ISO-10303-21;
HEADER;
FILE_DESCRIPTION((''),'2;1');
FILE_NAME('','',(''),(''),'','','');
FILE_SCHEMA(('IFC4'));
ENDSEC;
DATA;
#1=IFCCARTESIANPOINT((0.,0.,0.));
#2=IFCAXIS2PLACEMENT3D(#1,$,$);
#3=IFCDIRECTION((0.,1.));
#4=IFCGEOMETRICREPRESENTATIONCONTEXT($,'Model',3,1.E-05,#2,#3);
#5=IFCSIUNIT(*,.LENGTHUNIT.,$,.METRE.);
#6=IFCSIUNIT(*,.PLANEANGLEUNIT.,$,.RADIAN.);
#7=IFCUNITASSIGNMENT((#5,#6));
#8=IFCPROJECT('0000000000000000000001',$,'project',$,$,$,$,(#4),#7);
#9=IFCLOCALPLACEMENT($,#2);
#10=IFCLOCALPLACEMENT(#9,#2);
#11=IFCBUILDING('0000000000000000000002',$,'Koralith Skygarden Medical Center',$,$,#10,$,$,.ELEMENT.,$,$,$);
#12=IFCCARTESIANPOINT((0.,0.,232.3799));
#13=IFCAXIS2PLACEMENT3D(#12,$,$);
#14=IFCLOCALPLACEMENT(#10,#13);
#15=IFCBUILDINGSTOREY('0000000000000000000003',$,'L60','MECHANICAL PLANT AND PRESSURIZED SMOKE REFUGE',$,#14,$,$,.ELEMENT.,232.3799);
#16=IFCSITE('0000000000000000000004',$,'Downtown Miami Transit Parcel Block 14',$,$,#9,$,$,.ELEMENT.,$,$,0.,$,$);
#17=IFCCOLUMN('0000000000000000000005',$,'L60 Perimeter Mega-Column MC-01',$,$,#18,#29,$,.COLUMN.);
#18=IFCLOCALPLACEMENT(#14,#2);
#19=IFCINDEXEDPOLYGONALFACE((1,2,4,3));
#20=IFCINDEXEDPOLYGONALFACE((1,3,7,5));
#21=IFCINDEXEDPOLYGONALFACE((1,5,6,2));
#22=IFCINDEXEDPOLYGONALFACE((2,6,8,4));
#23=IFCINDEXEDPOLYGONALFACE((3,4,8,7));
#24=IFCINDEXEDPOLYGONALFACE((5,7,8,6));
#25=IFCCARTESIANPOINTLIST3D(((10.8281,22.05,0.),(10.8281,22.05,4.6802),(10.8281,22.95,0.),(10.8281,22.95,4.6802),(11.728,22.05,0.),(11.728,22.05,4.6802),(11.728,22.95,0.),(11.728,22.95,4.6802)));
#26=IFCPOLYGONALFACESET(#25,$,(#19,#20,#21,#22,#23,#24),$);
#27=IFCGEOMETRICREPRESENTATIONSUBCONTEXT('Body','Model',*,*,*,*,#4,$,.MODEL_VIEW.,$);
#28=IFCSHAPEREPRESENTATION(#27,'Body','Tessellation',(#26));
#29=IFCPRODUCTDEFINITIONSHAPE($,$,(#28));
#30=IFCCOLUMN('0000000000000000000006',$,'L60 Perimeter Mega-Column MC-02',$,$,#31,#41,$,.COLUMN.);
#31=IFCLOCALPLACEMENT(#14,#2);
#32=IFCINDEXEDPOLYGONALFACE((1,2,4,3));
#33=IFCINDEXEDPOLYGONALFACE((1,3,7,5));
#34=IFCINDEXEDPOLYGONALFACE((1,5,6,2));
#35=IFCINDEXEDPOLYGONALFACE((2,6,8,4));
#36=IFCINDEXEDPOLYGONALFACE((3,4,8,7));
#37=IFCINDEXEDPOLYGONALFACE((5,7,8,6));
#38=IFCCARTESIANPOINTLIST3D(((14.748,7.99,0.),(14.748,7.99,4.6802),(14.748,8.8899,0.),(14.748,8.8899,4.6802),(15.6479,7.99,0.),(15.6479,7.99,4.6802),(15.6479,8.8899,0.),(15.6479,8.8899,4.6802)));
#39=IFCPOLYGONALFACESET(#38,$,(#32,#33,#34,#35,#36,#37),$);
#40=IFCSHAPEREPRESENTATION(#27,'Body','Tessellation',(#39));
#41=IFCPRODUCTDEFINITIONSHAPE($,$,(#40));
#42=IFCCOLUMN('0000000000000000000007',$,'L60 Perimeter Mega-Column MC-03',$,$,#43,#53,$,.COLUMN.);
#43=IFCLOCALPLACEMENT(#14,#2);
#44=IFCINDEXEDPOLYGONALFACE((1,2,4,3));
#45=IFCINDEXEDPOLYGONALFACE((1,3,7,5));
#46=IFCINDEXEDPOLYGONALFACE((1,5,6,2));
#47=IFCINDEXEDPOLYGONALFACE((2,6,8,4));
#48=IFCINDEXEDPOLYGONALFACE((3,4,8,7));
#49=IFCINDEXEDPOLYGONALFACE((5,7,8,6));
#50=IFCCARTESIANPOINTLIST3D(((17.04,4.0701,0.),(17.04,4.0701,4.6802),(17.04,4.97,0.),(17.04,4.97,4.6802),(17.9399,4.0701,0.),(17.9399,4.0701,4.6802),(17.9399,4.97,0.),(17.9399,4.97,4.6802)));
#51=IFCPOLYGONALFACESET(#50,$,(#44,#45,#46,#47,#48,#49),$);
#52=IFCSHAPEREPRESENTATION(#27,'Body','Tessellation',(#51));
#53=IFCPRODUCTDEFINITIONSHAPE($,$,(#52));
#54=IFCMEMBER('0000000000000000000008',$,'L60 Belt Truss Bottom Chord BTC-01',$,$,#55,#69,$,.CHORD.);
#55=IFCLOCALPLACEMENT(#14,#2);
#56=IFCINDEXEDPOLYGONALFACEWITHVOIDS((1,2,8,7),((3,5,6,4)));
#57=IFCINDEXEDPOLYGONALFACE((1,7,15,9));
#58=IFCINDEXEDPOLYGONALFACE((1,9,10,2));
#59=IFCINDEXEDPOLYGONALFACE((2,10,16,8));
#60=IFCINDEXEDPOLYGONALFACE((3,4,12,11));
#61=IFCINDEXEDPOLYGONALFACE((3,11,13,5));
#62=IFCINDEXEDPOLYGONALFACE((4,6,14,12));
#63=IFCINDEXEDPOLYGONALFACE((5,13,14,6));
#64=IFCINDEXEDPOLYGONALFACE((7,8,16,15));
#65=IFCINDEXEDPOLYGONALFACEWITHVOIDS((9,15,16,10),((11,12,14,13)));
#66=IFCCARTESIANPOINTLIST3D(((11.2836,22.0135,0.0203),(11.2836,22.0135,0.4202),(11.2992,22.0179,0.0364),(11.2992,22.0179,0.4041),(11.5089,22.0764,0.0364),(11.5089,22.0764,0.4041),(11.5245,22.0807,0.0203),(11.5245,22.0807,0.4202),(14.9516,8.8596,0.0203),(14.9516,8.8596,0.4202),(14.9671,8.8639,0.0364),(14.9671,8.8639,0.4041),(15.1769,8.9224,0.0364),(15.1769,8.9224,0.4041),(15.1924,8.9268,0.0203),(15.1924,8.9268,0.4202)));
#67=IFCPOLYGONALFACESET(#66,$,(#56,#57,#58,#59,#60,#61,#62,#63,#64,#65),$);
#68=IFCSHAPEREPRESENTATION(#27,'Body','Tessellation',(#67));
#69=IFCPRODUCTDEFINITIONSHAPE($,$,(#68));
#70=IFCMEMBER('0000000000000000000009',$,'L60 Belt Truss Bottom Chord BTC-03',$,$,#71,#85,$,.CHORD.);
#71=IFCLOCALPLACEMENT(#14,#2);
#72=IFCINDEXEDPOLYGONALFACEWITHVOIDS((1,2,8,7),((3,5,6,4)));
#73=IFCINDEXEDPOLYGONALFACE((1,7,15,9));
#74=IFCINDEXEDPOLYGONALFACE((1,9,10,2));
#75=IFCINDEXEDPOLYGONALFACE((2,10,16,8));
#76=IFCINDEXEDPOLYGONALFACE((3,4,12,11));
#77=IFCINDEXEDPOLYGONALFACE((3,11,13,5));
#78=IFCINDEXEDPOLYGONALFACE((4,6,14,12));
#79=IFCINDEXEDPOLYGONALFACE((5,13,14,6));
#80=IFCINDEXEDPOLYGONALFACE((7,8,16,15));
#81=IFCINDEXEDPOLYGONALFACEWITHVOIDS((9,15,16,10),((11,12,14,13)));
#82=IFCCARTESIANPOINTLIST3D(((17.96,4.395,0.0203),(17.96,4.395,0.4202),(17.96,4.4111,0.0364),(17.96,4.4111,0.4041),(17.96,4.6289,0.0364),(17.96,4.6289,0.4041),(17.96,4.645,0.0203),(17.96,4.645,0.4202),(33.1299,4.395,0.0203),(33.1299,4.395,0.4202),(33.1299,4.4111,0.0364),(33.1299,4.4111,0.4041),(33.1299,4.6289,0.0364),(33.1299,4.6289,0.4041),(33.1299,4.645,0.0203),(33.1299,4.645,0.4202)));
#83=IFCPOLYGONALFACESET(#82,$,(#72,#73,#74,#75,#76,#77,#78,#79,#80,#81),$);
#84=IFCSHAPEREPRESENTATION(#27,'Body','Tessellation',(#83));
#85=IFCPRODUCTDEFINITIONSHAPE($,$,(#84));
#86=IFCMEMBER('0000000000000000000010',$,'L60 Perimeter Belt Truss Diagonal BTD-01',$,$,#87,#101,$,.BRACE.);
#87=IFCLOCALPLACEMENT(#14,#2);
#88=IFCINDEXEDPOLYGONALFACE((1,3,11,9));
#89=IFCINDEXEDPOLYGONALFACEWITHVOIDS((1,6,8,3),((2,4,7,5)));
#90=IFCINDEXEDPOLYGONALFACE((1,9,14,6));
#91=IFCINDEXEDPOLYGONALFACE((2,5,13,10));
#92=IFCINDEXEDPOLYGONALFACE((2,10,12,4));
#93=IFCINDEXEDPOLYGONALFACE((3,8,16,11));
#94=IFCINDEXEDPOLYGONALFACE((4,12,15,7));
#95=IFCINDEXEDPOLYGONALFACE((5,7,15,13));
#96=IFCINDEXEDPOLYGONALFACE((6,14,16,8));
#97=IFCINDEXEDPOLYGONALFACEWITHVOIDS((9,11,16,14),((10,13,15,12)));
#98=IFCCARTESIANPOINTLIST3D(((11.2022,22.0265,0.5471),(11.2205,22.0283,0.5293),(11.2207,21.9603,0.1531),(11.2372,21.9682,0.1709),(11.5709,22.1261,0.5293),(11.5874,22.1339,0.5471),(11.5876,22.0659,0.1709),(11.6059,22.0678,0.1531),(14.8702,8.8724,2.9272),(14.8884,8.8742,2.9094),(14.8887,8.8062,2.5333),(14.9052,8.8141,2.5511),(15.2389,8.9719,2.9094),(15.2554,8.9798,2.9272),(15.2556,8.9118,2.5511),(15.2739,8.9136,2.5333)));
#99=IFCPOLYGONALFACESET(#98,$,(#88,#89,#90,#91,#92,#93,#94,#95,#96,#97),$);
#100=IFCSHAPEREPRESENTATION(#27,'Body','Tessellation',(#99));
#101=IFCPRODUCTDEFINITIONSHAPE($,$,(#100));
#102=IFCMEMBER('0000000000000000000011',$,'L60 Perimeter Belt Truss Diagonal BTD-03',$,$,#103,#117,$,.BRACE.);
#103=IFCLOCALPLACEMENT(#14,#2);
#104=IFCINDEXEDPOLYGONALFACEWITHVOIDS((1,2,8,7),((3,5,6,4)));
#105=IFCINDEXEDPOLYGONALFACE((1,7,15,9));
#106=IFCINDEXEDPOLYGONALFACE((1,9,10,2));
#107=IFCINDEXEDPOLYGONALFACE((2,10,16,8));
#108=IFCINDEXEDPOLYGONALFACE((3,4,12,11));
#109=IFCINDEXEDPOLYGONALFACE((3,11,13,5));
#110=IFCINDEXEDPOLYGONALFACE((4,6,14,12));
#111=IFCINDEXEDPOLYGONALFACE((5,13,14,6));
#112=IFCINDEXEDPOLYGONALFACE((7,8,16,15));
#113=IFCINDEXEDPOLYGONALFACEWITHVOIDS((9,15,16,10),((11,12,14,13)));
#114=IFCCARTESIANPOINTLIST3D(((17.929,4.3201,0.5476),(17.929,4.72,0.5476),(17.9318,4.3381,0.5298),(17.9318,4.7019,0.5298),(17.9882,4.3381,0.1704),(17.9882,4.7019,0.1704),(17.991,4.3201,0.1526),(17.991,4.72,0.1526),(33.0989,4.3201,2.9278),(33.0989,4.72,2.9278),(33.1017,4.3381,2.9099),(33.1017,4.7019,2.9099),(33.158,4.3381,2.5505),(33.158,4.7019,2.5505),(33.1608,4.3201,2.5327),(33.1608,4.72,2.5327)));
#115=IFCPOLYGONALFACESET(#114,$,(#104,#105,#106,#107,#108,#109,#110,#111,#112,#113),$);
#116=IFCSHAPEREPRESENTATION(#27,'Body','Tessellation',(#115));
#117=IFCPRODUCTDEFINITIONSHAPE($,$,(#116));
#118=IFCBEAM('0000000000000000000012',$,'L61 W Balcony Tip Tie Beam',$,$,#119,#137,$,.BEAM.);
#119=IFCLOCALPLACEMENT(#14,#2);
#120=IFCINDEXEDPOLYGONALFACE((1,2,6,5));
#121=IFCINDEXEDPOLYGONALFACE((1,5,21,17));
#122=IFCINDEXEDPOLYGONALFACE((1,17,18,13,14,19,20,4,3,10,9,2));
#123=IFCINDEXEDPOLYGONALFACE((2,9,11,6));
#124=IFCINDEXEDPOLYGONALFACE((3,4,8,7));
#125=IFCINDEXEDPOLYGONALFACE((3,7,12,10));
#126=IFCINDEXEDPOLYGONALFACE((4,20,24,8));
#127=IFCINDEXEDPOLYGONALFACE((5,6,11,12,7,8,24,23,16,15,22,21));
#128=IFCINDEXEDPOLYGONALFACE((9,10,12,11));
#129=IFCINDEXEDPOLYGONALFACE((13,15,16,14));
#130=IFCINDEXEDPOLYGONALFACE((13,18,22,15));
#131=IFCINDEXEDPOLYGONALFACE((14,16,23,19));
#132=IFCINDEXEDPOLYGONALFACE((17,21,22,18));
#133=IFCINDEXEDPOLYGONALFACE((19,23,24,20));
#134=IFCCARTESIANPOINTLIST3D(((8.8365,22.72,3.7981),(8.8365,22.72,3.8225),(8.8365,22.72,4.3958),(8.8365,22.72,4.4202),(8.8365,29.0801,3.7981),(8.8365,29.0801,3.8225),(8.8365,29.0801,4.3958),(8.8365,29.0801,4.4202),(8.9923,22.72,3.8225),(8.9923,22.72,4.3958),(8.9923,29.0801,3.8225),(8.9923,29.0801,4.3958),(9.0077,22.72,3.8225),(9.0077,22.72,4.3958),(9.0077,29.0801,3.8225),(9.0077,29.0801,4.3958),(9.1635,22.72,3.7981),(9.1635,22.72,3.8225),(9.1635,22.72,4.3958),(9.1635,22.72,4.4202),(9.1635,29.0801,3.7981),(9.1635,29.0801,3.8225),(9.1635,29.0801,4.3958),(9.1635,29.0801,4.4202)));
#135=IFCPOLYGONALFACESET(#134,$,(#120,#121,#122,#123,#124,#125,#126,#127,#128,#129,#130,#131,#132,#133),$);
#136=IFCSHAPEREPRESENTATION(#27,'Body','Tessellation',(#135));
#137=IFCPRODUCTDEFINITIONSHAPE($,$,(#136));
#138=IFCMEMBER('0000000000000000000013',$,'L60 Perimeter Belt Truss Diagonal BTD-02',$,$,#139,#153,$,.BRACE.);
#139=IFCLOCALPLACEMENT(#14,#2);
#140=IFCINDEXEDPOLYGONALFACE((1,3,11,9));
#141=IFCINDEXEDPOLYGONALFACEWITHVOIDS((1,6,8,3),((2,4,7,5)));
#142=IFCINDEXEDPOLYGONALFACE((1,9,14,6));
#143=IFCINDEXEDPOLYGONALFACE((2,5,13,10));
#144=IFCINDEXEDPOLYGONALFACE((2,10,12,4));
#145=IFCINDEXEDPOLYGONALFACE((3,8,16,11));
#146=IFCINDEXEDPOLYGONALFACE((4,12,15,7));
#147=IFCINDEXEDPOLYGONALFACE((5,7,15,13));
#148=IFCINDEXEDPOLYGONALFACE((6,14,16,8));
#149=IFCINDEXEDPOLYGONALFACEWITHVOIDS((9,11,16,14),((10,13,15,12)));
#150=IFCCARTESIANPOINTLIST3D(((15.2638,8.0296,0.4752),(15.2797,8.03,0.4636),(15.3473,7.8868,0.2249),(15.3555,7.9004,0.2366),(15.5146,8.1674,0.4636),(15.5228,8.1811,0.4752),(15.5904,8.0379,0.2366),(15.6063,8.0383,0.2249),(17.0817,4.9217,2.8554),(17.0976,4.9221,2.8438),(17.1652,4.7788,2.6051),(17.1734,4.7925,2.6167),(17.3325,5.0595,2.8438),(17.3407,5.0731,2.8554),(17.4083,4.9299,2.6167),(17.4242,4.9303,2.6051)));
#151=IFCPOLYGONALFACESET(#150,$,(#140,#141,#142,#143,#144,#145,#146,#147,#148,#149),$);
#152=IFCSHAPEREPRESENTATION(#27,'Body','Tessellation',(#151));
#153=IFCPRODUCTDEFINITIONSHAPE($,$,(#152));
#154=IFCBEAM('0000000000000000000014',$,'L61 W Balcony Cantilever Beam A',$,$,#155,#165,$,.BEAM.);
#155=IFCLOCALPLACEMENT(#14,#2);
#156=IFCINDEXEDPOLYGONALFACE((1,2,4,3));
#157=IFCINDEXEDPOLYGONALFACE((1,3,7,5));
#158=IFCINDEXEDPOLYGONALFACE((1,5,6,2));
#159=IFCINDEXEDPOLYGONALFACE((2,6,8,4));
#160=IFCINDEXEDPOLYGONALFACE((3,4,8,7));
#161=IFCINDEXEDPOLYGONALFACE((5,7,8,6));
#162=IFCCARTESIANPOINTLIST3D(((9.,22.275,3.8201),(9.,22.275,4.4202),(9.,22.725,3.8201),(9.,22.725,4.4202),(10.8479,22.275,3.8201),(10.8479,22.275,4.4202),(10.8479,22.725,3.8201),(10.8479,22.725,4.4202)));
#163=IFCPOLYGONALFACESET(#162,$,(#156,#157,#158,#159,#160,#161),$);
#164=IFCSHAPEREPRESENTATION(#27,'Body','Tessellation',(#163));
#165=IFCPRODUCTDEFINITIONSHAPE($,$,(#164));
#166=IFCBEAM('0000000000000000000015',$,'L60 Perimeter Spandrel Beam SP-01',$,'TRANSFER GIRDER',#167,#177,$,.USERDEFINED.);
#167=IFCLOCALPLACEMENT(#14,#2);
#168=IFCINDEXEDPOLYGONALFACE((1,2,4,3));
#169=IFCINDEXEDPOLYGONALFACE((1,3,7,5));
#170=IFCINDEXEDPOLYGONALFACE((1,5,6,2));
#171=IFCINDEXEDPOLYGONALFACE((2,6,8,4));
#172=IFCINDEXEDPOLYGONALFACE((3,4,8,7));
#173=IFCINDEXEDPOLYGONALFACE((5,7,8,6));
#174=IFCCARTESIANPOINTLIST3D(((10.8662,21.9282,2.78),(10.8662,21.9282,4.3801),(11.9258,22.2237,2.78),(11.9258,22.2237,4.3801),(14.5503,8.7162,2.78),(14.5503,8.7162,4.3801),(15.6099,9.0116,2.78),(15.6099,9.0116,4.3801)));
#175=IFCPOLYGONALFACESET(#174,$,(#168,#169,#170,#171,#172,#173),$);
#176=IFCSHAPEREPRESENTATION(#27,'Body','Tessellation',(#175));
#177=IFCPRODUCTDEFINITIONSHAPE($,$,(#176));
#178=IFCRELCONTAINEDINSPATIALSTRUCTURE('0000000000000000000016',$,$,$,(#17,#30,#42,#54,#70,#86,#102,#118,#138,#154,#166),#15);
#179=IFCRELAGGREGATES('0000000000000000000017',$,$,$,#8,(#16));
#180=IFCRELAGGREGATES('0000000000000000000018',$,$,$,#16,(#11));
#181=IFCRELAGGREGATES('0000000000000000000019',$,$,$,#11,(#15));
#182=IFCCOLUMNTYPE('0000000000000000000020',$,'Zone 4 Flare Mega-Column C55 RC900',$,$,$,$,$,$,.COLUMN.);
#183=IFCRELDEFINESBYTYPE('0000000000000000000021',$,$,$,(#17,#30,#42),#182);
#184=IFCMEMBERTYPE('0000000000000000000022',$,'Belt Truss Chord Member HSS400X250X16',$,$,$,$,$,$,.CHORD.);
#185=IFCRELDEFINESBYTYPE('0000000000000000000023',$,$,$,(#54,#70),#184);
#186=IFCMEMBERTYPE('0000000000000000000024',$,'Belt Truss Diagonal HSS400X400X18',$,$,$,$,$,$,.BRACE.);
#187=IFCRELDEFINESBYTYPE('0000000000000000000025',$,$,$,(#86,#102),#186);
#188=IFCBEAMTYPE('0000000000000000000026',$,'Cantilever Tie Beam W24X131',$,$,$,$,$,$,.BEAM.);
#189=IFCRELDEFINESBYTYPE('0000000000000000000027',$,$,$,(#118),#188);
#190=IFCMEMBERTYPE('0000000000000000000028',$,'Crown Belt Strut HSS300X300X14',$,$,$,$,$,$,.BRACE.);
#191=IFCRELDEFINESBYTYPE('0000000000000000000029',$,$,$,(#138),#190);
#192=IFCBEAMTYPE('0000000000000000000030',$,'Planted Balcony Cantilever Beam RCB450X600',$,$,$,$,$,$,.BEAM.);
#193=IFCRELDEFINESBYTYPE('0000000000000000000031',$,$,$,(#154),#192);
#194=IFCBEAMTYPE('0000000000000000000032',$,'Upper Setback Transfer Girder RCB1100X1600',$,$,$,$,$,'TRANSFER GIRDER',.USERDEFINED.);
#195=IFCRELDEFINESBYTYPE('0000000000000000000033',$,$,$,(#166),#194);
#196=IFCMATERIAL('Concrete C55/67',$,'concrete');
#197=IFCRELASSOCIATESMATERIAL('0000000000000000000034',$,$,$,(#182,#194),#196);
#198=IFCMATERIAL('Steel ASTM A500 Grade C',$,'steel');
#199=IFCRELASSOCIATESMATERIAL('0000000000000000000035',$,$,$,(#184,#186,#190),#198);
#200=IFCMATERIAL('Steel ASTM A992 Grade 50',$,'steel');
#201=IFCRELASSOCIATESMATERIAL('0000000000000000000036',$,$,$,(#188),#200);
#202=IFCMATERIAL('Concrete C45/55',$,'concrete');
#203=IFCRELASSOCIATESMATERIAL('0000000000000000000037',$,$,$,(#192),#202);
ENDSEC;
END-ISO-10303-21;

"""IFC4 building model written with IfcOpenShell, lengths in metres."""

from ifc_helpers import new_model, si_unit, direction, frame, origin, origin_2d, place, context, subcontext, project, spatial, rectangle, hollow_rectangle, i_section, extrude, material, material_profile, profile_set, type_object, element, save


model = new_model("IFC4")

# Units and contexts
model_context = context("Model", 3, precision=1e-05, world=origin(), true_north=direction((0.0, 1.0)))
body_context = subcontext(model_context, "Body", "Model", "MODEL_VIEW")
ifc_project = project(units=[si_unit("LENGTHUNIT", "METRE"), si_unit("PLANEANGLEUNIT", "RADIAN")], contexts=[model_context])

# Site, building, storey
site_placement = place(None, origin())
site = spatial("IfcSite", under=ifc_project, at=site_placement, Name="Downtown Miami Transit Parcel Block 14", CompositionType="ELEMENT", RefElevation=0.0)
building_placement = place(site_placement, origin())
building = spatial("IfcBuilding", under=site, at=building_placement, Name="Koralith Skygarden Medical Center", CompositionType="ELEMENT")
storey_placement = place(building_placement, frame((0.0, 0.0, 232.3799)))
storey = spatial("IfcBuildingStorey", under=building, at=storey_placement, Name="L60", Description="MECHANICAL PLANT AND PRESSURIZED SMOKE REFUGE", CompositionType="ELEMENT", Elevation=232.3799)

# Columns
ifc_material_1 = material(Name="Concrete C55/67", Category="concrete")
ifc_material_profile_1 = material_profile(ifc_material_1, rectangle(XDim=0.8999, YDim=0.8999, at=origin_2d()), Name="RC900X900")
ifc_profile_set_1 = profile_set([ifc_material_profile_1], Name="Concrete C55/67")
column_type = type_object("IfcColumnType", Name="Zone 4 Flare Mega-Column C55 RC900", PredefinedType="COLUMN", material=ifc_profile_set_1)
for number, where, z_axis, x_axis, name in (
    (1, (11.2781, 22.5, 0.0), (0.0, 0.0, 1.0), (1.0, 0.0, 0.0), "L60 Perimeter Mega-Column MC-01"),
    (2, (15.198, 8.4399, 0.0), (0.0, 0.0, 1.0), (1.0, 0.0, 0.0), "L60 Perimeter Mega-Column MC-02"),
    (3, (17.49, 4.52, 0.0), (0.0, 0.0, 1.0), (1.0, 0.0, 0.0), "L60 Perimeter Mega-Column MC-03"),
):
    element("IfcColumn", number, at=place(storey_placement, frame(where, z_axis=z_axis, x_axis=x_axis)), inside=storey, type_object=column_type, Name=name, PredefinedType="COLUMN", context=body_context, shape_type="SweptSolid", body=[
        extrude(rectangle(XDim=0.8999, YDim=0.8999, at=origin_2d()), origin(), (0.0, 0.0, 1.0), 4.6802),
    ])

# Members
ifc_material_2 = material(Name="Steel ASTM A500 Grade C", Category="steel")
ifc_material_profile_2 = material_profile(ifc_material_2, hollow_rectangle(XDim=0.25, YDim=0.3999, WallThickness=0.0161, at=origin_2d()), Name="HSS400X250X16")
ifc_profile_set_2 = profile_set([ifc_material_profile_2], Name="Steel ASTM A500 Grade C")
member_type_1 = type_object("IfcMemberType", Name="Belt Truss Chord Member HSS400X250X16", PredefinedType="CHORD", material=ifc_profile_set_2)
member_1_placement = place(storey_placement, frame((11.4041, 22.0471, 0.2202), z_axis=(0.2686, -0.963252, 0.0), x_axis=(0.963252, 0.2686, 0.0)))
element("IfcMember", 4, at=member_1_placement, inside=storey, type_object=member_type_1, Name="L60 Belt Truss Bottom Chord BTC-01", PredefinedType="CHORD", context=body_context, shape_type="SweptSolid", body=[
    extrude(hollow_rectangle(XDim=0.25, YDim=0.3999, WallThickness=0.0161, at=origin_2d()), origin(), (0.0, 0.0, 1.0), 13.6558),
])
member_2_placement = place(storey_placement, frame((17.96, 4.52, 0.2202), z_axis=(1.0, 0.0, 0.0), x_axis=(0.0, 1.0, 0.0)))
element("IfcMember", 5, at=member_2_placement, inside=storey, type_object=member_type_1, Name="L60 Belt Truss Bottom Chord BTC-03", PredefinedType="CHORD", context=body_context, shape_type="SweptSolid", body=[
    extrude(hollow_rectangle(XDim=0.25, YDim=0.3999, WallThickness=0.0161, at=origin_2d()), origin(), (0.0, 0.0, 1.0), 15.1699),
])
ifc_material_profile_3 = material_profile(ifc_material_2, hollow_rectangle(XDim=0.3999, YDim=0.3999, WallThickness=0.0181, at=origin_2d()), Name="HSS400X400X18")
ifc_profile_set_3 = profile_set([ifc_material_profile_3], Name="Steel ASTM A500 Grade C")
member_type_2 = type_object("IfcMemberType", Name="Belt Truss Diagonal HSS400X400X18", PredefinedType="BRACE", material=ifc_profile_set_3)
member_3_placement = place(storey_placement, frame((11.4041, 22.0471, 0.3501), z_axis=(0.264611, -0.948946, 0.171705), x_axis=(0.963252, 0.2686, 0.0)))
element("IfcMember", 6, at=member_3_placement, inside=storey, type_object=member_type_2, Name="L60 Perimeter Belt Truss Diagonal BTD-01", PredefinedType="BRACE", context=body_context, shape_type="SweptSolid", body=[
    extrude(hollow_rectangle(XDim=0.3999, YDim=0.3999, WallThickness=0.0181, at=origin_2d()), origin(), (0.0, 0.0, 1.0), 13.8618),
])
member_4_placement = place(storey_placement, frame((17.96, 4.52, 0.3501), z_axis=(0.987914, 0.0, 0.155002), x_axis=(0.0, 1.0, 0.0)))
element("IfcMember", 7, at=member_4_placement, inside=storey, type_object=member_type_2, Name="L60 Perimeter Belt Truss Diagonal BTD-03", PredefinedType="BRACE", context=body_context, shape_type="SweptSolid", body=[
    extrude(hollow_rectangle(XDim=0.3999, YDim=0.3999, WallThickness=0.0181, at=origin_2d()), origin(), (0.0, 0.0, 1.0), 15.3555),
])

# Beam
ifc_material_3 = material(Name="Steel ASTM A992 Grade 50", Category="steel")
ifc_material_profile_4 = material_profile(ifc_material_3, i_section(OverallWidth=0.3269, OverallDepth=0.6221, WebThickness=0.0154, FlangeThickness=0.0244, at=origin_2d()), Name="W24X131")
ifc_profile_set_4 = profile_set([ifc_material_profile_4], Name="Steel ASTM A992 Grade 50")
beam_type_1 = type_object("IfcBeamType", Name="Cantilever Tie Beam W24X131", PredefinedType="BEAM", material=ifc_profile_set_4)
beam_1_placement = place(storey_placement, frame((9.0, 22.72, 4.1091), z_axis=(0.0, 1.0, 0.0), x_axis=(-1.0, 0.0, 0.0)))
element("IfcBeam", 8, at=beam_1_placement, inside=storey, type_object=beam_type_1, Name="L61 W Balcony Tip Tie Beam", PredefinedType="BEAM", context=body_context, shape_type="SweptSolid", body=[
    extrude(i_section(OverallWidth=0.3269, OverallDepth=0.6221, WebThickness=0.0154, FlangeThickness=0.0244, at=origin_2d()), origin(), (0.0, 0.0, 1.0), 6.3601),
])

# Member
ifc_material_profile_5 = material_profile(ifc_material_2, hollow_rectangle(XDim=0.3, YDim=0.3, WallThickness=0.0139, at=origin_2d()), Name="HSS300X300X14")
ifc_profile_set_5 = profile_set([ifc_material_profile_5], Name="Steel ASTM A500 Grade C")
member_type_3 = type_object("IfcMemberType", Name="Crown Belt Strut HSS300X300X14", PredefinedType="BRACE", material=ifc_profile_set_5)
member_5_placement = place(storey_placement, frame((15.4351, 8.0339, 0.3501), z_axis=(0.421183, -0.720073, 0.551452), x_axis=(0.863183, 0.504891, 0.0)))
element("IfcMember", 9, at=member_5_placement, inside=storey, type_object=member_type_3, Name="L60 Perimeter Belt Truss Diagonal BTD-02", PredefinedType="BRACE", context=body_context, shape_type="SweptSolid", body=[
    extrude(hollow_rectangle(XDim=0.3, YDim=0.3, WallThickness=0.0139, at=origin_2d()), origin(), (0.0, 0.0, 1.0), 4.3162),
])

# Beams
ifc_material_4 = material(Name="Concrete C45/55", Category="concrete")
ifc_material_profile_6 = material_profile(ifc_material_4, rectangle(XDim=0.45, YDim=0.6001, at=origin_2d()), Name="RCB450X600")
ifc_profile_set_6 = profile_set([ifc_material_profile_6], Name="Concrete C45/55")
beam_type_2 = type_object("IfcBeamType", Name="Planted Balcony Cantilever Beam RCB450X600", PredefinedType="BEAM", material=ifc_profile_set_6)
beam_2_placement = place(storey_placement, frame((10.8479, 22.5, 4.1201), z_axis=(-1.0, 0.0, 0.0), x_axis=(0.0, -1.0, 0.0)))
element("IfcBeam", 10, at=beam_2_placement, inside=storey, type_object=beam_type_2, Name="L61 W Balcony Cantilever Beam A", PredefinedType="BEAM", context=body_context, shape_type="SweptSolid", body=[
    extrude(rectangle(XDim=0.45, YDim=0.6001, at=origin_2d()), origin(), (0.0, 0.0, 1.0), 1.8479),
])
ifc_material_profile_7 = material_profile(ifc_material_1, rectangle(XDim=1.1001, YDim=1.6001, at=origin_2d()), Name="RCB1100X1600")
ifc_profile_set_7 = profile_set([ifc_material_profile_7], Name="Concrete C55/67")
beam_type_3 = type_object("IfcBeamType", Name="Upper Setback Transfer Girder RCB1100X1600", ElementType="TRANSFER GIRDER", PredefinedType="USERDEFINED", material=ifc_profile_set_7)
beam_3_placement = place(storey_placement, frame((11.396, 22.0759, 3.5801), z_axis=(0.268598, -0.963252, 0.0), x_axis=(0.963252, 0.268598, 0.0)))
element("IfcBeam", 11, at=beam_3_placement, inside=storey, type_object=beam_type_3, Name="L60 Perimeter Spandrel Beam SP-01", ObjectType="TRANSFER GIRDER", PredefinedType="USERDEFINED", context=body_context, shape_type="SweptSolid", body=[
    extrude(rectangle(XDim=1.1001, YDim=1.6001, at=origin_2d()), origin(), (0.0, 0.0, 1.0), 13.7161),
])

save(model, "model.ifc")
